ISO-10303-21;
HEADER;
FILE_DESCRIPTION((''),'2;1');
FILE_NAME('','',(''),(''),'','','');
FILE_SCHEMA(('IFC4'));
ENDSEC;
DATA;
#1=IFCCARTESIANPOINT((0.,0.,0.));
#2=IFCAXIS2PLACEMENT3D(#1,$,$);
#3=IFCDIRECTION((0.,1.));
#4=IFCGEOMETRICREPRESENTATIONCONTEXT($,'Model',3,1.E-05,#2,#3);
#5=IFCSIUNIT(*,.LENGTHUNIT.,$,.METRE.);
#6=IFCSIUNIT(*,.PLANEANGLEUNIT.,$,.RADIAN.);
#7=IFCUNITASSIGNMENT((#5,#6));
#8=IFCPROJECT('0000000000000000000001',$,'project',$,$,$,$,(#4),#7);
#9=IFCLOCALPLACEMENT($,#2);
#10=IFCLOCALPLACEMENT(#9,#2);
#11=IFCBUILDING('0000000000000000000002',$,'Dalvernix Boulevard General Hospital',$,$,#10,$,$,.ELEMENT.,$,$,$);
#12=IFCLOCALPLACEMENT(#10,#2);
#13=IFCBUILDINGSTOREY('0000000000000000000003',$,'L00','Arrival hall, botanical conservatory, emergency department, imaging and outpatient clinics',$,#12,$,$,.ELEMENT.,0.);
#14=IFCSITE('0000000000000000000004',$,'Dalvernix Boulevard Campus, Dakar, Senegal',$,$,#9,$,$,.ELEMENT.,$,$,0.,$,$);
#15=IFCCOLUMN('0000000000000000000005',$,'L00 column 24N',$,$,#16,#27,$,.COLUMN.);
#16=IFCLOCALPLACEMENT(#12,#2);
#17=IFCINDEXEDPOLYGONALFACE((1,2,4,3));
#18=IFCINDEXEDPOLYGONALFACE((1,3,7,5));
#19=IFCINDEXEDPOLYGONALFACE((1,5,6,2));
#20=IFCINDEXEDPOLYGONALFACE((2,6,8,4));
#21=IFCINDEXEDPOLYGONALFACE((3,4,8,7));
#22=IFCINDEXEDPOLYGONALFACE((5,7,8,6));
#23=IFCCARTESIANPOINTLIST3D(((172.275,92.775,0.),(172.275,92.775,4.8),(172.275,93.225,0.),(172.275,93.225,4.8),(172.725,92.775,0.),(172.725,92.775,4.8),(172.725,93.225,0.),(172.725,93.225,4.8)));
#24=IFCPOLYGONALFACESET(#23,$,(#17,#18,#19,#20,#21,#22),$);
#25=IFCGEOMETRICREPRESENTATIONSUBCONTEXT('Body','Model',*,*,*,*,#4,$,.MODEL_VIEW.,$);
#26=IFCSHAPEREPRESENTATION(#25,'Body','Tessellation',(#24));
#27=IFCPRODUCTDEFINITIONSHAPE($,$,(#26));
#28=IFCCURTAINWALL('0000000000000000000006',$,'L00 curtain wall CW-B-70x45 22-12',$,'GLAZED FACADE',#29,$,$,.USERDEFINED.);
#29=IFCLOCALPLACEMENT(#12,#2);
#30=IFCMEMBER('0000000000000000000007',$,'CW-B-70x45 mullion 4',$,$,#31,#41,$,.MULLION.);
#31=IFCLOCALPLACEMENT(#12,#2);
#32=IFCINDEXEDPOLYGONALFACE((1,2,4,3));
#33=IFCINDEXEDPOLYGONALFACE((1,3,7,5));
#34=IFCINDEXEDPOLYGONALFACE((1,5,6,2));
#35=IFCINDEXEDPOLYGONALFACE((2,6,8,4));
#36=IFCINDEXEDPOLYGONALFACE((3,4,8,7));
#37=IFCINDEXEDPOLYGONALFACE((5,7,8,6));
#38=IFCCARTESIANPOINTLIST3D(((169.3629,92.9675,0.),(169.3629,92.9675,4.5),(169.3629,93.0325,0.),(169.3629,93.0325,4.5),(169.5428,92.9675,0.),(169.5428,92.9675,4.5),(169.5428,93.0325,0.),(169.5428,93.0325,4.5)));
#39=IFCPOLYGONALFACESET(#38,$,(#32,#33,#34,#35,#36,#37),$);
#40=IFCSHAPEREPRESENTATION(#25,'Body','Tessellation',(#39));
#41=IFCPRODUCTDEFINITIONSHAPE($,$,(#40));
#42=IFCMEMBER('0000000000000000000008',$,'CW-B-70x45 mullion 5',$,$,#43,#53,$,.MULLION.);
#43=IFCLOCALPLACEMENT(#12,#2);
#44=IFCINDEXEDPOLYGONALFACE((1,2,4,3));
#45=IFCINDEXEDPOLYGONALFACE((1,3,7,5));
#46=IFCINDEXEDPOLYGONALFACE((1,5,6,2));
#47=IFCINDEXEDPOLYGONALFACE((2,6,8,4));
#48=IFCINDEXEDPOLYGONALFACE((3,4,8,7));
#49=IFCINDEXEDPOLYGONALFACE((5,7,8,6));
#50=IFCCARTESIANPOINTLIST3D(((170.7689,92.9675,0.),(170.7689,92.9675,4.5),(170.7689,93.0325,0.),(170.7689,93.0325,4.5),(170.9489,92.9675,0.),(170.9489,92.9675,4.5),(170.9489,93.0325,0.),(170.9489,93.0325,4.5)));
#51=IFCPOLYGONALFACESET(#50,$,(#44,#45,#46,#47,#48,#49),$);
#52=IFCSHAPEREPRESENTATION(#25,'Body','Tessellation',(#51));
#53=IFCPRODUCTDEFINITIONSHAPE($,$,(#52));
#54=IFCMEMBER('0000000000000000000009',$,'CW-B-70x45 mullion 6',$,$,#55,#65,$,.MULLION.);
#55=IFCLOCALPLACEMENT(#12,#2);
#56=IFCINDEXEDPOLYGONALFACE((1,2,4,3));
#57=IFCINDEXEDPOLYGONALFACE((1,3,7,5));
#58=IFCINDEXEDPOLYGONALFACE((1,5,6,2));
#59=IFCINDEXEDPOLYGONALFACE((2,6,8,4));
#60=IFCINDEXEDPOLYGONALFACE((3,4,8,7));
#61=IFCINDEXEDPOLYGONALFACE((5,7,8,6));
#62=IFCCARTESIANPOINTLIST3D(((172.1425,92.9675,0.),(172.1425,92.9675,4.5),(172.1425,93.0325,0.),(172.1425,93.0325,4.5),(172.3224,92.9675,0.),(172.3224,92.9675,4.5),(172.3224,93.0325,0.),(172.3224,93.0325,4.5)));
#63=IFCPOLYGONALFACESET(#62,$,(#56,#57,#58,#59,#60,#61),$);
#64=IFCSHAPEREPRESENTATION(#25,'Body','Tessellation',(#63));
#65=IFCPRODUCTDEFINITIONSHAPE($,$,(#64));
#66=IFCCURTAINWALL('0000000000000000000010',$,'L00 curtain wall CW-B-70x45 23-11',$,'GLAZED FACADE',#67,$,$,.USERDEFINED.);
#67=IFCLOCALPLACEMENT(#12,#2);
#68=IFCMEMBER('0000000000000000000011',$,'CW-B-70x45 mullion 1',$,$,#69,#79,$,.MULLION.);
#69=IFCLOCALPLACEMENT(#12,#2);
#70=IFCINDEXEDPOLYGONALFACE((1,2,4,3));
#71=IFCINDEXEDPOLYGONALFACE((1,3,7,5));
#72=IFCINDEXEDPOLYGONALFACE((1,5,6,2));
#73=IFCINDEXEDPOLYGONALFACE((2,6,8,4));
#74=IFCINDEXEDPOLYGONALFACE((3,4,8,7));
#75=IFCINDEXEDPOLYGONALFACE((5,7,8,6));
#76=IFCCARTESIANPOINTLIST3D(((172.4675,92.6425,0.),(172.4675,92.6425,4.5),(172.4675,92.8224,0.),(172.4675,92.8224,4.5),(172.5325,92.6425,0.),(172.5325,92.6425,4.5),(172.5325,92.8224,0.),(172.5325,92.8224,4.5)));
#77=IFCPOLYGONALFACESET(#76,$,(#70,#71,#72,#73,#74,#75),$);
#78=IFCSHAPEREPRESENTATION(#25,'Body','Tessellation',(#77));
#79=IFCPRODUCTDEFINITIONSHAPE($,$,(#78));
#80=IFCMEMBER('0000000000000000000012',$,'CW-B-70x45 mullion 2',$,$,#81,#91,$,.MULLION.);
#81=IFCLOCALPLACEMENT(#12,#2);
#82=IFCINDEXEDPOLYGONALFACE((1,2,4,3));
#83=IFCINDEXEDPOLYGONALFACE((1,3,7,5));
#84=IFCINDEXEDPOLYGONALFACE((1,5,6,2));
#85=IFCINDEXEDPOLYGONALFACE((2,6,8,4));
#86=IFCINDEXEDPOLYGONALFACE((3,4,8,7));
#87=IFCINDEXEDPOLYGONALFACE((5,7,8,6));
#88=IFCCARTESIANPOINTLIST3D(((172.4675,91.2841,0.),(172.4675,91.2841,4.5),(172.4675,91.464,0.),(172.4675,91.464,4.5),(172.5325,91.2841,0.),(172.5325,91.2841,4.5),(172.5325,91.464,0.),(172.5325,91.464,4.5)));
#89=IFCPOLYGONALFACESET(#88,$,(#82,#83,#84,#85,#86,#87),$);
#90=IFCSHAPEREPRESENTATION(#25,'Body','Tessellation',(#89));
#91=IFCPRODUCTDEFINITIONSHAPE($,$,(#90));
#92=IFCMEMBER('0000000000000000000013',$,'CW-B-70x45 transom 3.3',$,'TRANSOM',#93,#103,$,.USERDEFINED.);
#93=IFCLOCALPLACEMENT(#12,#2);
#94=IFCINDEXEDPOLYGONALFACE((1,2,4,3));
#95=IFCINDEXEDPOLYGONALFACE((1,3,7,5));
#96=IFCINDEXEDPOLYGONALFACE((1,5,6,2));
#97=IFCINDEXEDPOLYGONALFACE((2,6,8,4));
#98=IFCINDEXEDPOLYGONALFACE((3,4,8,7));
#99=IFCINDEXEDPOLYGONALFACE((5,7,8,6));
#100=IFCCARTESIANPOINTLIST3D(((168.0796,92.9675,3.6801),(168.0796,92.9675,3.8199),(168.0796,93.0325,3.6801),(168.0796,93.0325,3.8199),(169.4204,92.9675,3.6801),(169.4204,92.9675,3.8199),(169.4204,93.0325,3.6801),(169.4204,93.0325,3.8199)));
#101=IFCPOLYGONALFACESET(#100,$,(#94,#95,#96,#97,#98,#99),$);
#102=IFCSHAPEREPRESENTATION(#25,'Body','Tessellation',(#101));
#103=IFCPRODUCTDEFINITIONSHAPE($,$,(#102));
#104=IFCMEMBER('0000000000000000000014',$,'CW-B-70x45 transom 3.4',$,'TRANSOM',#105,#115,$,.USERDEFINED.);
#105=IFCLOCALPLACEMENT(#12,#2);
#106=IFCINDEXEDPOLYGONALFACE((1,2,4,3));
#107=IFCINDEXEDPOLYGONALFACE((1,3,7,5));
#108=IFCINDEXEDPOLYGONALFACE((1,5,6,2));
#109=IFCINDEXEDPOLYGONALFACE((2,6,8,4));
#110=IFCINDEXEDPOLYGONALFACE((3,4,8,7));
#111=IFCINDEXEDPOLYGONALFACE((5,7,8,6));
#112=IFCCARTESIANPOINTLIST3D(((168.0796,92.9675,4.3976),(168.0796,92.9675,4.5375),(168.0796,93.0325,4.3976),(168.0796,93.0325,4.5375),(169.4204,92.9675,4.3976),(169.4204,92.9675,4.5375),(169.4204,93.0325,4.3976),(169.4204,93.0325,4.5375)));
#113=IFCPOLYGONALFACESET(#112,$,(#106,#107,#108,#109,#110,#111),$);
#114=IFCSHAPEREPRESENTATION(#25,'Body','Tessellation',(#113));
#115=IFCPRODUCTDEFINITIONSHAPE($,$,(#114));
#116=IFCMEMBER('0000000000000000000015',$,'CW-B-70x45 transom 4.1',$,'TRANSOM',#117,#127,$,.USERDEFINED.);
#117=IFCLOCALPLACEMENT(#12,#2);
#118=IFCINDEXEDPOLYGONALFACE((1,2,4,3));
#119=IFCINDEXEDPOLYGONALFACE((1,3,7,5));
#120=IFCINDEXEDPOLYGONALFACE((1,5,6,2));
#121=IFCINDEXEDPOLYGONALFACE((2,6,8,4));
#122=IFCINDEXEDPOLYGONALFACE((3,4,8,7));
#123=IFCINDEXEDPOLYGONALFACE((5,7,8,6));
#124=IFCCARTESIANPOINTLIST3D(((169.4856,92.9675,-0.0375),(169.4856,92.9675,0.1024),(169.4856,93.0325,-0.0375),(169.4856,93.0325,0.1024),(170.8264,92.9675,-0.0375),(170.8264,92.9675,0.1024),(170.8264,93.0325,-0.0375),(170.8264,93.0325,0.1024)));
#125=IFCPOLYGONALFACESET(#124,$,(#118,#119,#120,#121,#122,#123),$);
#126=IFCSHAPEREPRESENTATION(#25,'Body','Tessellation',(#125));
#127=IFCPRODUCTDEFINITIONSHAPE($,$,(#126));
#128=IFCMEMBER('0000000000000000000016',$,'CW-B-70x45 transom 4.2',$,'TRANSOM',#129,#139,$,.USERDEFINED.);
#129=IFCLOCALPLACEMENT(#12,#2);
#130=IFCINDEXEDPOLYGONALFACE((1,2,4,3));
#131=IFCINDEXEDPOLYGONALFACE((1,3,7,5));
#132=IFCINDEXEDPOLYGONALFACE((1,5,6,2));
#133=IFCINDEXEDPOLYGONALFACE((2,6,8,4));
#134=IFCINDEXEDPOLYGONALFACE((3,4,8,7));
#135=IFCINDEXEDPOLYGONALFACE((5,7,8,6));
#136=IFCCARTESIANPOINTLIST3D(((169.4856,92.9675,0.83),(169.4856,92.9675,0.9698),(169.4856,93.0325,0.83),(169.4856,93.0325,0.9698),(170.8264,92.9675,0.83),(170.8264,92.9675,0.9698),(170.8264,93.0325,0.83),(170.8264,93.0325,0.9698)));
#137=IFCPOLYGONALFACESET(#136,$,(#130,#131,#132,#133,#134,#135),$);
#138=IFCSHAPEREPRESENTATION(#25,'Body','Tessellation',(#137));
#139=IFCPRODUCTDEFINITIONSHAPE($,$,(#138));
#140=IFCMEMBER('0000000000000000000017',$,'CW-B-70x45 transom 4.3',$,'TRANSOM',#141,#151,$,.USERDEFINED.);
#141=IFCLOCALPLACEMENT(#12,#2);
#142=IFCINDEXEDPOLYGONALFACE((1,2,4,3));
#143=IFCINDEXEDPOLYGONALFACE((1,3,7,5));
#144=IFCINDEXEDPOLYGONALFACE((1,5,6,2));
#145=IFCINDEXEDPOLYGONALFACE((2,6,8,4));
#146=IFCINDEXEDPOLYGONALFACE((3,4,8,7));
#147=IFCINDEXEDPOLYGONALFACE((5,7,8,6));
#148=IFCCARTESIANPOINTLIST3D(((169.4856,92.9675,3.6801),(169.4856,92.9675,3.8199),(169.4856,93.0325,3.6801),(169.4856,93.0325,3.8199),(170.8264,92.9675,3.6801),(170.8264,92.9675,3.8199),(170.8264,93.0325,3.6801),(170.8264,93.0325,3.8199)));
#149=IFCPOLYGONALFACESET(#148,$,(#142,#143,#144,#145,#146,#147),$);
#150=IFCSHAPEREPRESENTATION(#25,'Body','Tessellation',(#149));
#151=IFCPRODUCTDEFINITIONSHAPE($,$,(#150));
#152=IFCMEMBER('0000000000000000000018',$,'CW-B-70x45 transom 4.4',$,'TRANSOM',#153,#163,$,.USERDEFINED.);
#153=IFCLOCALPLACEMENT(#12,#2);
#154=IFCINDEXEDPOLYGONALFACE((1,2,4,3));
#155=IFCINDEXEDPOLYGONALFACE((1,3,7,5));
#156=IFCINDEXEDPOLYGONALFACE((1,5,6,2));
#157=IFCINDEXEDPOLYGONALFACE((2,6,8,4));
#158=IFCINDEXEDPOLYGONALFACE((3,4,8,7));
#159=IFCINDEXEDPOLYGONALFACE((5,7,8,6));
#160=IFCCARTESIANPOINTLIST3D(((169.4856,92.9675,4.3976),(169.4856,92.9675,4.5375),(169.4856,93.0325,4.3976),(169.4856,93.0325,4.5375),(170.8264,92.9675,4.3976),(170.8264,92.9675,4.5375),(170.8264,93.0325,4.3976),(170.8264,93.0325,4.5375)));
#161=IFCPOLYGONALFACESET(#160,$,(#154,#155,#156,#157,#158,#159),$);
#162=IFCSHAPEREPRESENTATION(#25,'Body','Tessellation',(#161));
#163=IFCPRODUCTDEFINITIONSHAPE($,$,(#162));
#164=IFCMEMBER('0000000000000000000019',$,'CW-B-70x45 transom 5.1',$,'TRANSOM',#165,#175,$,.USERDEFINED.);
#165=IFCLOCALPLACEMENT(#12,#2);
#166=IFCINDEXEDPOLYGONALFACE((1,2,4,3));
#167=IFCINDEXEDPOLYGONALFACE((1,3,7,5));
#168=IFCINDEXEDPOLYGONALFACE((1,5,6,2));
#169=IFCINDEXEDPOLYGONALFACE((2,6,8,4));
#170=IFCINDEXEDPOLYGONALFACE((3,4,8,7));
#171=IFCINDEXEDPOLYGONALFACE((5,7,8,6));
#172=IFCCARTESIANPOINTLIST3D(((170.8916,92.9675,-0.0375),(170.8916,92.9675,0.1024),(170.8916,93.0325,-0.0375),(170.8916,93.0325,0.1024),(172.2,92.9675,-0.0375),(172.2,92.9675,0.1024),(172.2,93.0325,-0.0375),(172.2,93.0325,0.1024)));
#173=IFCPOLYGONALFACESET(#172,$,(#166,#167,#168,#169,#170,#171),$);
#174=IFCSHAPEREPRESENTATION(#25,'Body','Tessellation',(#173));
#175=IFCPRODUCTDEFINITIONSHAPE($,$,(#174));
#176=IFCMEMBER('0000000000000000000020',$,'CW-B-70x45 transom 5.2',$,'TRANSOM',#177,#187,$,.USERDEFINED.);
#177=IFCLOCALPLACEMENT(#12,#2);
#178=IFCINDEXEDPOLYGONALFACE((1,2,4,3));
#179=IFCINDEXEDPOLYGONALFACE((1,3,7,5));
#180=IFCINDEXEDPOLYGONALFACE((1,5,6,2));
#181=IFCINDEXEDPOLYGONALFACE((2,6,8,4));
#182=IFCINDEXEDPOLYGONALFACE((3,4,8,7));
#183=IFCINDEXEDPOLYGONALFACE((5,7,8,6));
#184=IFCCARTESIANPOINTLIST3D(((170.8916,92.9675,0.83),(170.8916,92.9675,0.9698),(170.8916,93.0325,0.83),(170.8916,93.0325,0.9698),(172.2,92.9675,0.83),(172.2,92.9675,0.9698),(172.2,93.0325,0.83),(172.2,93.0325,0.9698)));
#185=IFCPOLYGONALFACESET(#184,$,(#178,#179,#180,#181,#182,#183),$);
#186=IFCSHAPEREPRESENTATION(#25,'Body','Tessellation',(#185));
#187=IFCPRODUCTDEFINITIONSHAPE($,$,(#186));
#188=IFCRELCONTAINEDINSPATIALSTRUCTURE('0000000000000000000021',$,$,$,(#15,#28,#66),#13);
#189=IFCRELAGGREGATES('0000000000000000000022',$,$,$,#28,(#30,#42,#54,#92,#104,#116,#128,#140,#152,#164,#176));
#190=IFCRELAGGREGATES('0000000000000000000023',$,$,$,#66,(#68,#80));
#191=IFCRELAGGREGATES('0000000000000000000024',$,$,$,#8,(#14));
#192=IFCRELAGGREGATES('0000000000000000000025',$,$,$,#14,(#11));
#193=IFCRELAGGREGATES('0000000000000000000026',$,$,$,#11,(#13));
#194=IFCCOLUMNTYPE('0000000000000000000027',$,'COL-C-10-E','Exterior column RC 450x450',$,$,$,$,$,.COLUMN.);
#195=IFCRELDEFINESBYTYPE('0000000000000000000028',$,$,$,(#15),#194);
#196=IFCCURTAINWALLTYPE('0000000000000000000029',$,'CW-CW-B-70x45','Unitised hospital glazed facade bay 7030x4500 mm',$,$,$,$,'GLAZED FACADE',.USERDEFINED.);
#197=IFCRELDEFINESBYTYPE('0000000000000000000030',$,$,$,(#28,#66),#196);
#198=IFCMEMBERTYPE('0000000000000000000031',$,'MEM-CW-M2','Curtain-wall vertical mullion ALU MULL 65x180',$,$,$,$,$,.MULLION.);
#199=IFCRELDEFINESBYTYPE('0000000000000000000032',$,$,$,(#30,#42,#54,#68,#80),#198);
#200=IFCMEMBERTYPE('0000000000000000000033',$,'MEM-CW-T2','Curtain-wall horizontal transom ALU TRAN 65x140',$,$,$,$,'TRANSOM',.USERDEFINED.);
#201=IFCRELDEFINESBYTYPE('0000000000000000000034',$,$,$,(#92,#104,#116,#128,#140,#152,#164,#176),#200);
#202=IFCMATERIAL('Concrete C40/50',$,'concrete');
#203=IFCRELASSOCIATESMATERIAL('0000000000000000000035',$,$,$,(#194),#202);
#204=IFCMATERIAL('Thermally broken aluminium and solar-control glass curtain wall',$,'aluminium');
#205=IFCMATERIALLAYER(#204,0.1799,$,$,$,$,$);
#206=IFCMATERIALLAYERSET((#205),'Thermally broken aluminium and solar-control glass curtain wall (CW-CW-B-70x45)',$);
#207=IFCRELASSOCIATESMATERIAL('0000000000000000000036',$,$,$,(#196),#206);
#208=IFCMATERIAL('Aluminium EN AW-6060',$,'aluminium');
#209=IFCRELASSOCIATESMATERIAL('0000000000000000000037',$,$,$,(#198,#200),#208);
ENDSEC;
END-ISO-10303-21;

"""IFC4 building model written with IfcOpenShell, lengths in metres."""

from ifc_helpers import new_model, si_unit, direction, frame, origin, origin_2d, place, context, subcontext, project, spatial, rectangle, extrude, material, layer, layer_set, material_profile, profile_set, type_object, element, aggregate, save


model = new_model("IFC4")

# Units and contexts
model_context = context("Model", 3, precision=1e-05, world=origin(), true_north=direction((0.0, 1.0)))
body_context = subcontext(model_context, "Body", "Model", "MODEL_VIEW")
ifc_project = project(units=[si_unit("LENGTHUNIT", "METRE"), si_unit("PLANEANGLEUNIT", "RADIAN")], contexts=[model_context])

# Site, building, storey
site_placement = place(None, origin())
site = spatial("IfcSite", under=ifc_project, at=site_placement, Name="Dalvernix Boulevard Campus, Dakar, Senegal", CompositionType="ELEMENT", RefElevation=0.0)
building_placement = place(site_placement, origin())
building = spatial("IfcBuilding", under=site, at=building_placement, Name="Dalvernix Boulevard General Hospital", CompositionType="ELEMENT")
storey_placement = place(building_placement, origin())
storey = spatial("IfcBuildingStorey", under=building, at=storey_placement, Name="L00", Description="Arrival hall, botanical conservatory, emergency department, imaging and outpatient clinics", CompositionType="ELEMENT", Elevation=0.0)

# Column
ifc_material_1 = material(Name="Concrete C40/50", Category="concrete")
ifc_material_profile_1 = material_profile(ifc_material_1, rectangle(XDim=0.45, YDim=0.45, at=origin_2d()), Name="RC 450x450")
ifc_profile_set_1 = profile_set([ifc_material_profile_1], Name="Concrete C40/50")
column_type = type_object("IfcColumnType", Name="COL-C-10-E", Description="Exterior column RC 450x450", PredefinedType="COLUMN", material=ifc_profile_set_1)
column_placement = place(storey_placement, frame((172.5, 93.0, 0.0), z_axis=(0.0, 0.0, 1.0), x_axis=(1.0, 0.0, 0.0)))
element("IfcColumn", 1, at=column_placement, inside=storey, type_object=column_type, Name="L00 column 24N", PredefinedType="COLUMN", context=body_context, shape_type="SweptSolid", body=[
    extrude(rectangle(XDim=0.45, YDim=0.45, at=origin_2d()), origin(), (0.0, 0.0, 1.0), 4.8),
])

# Curtain walls, members
ifc_material_2 = material(Name="Thermally broken aluminium and solar-control glass curtain wall", Category="aluminium")
ifc_layer_1 = layer(ifc_material_2, 0.1799)
ifc_layer_set_1 = layer_set([ifc_layer_1], Name="Thermally broken aluminium and solar-control glass curtain wall (CW-CW-B-70x45)")
curtain_wall_type = type_object("IfcCurtainWallType", Name="CW-CW-B-70x45", Description="Unitised hospital glazed facade bay 7030x4500 mm", ElementType="GLAZED FACADE", PredefinedType="USERDEFINED", material=ifc_layer_set_1)
curtain_wall_1_placement = place(storey_placement, origin())
curtain_wall_1 = element("IfcCurtainWall", 2, at=curtain_wall_1_placement, inside=storey, type_object=curtain_wall_type, Name="L00 curtain wall CW-B-70x45 22-12", ObjectType="GLAZED FACADE", PredefinedType="USERDEFINED")
ifc_material_3 = material(Name="Aluminium EN AW-6060", Category="aluminium")
ifc_material_profile_2 = material_profile(ifc_material_3, rectangle(XDim=0.0649, YDim=0.1799, at=origin_2d()), Name="ALU MULL 65x180")
ifc_profile_set_2 = profile_set([ifc_material_profile_2], Name="Aluminium EN AW-6060")
member_type_1 = type_object("IfcMemberType", Name="MEM-CW-M2", Description="Curtain-wall vertical mullion ALU MULL 65x180", PredefinedType="MULLION", material=ifc_profile_set_2)
member_1_placement = place(storey_placement, frame((169.4529, 93.0, 0.0), z_axis=(0.0, 0.0, 1.0), x_axis=(0.0, 1.0, 0.0)))
member_1 = element("IfcMember", 3, at=member_1_placement, type_object=member_type_1, Name="CW-B-70x45 mullion 4", PredefinedType="MULLION", context=body_context, shape_type="SweptSolid", body=[
    extrude(rectangle(XDim=0.0649, YDim=0.1799, at=origin_2d()), origin(), (0.0, 0.0, 1.0), 4.5),
])
member_2_placement = place(storey_placement, frame((170.8589, 93.0, 0.0), z_axis=(0.0, 0.0, 1.0), x_axis=(0.0, 1.0, 0.0)))
member_2 = element("IfcMember", 4, at=member_2_placement, type_object=member_type_1, Name="CW-B-70x45 mullion 5", PredefinedType="MULLION", context=body_context, shape_type="SweptSolid", body=[
    extrude(rectangle(XDim=0.0649, YDim=0.1799, at=origin_2d()), origin(), (0.0, 0.0, 1.0), 4.5),
])
member_3_placement = place(storey_placement, frame((172.2324, 93.0, 0.0), z_axis=(0.0, 0.0, 1.0), x_axis=(0.0, 1.0, 0.0)))
member_3 = element("IfcMember", 5, at=member_3_placement, type_object=member_type_1, Name="CW-B-70x45 mullion 6", PredefinedType="MULLION", context=body_context, shape_type="SweptSolid", body=[
    extrude(rectangle(XDim=0.0649, YDim=0.1799, at=origin_2d()), origin(), (0.0, 0.0, 1.0), 4.5),
])
curtain_wall_2_placement = place(storey_placement, origin())
curtain_wall_2 = element("IfcCurtainWall", 6, at=curtain_wall_2_placement, inside=storey, type_object=curtain_wall_type, Name="L00 curtain wall CW-B-70x45 23-11", ObjectType="GLAZED FACADE", PredefinedType="USERDEFINED")
member_4_placement = place(storey_placement, frame((172.5, 92.7324, 0.0), z_axis=(0.0, 0.0, 1.0), x_axis=(1.0, 0.0, 0.0)))
member_4 = element("IfcMember", 7, at=member_4_placement, type_object=member_type_1, Name="CW-B-70x45 mullion 1", PredefinedType="MULLION", context=body_context, shape_type="SweptSolid", body=[
    extrude(rectangle(XDim=0.0649, YDim=0.1799, at=origin_2d()), origin(), (0.0, 0.0, 1.0), 4.5),
])
member_5_placement = place(storey_placement, frame((172.5, 91.374, 0.0), z_axis=(0.0, 0.0, 1.0), x_axis=(1.0, 0.0, 0.0)))
member_5 = element("IfcMember", 8, at=member_5_placement, type_object=member_type_1, Name="CW-B-70x45 mullion 2", PredefinedType="MULLION", context=body_context, shape_type="SweptSolid", body=[
    extrude(rectangle(XDim=0.0649, YDim=0.1799, at=origin_2d()), origin(), (0.0, 0.0, 1.0), 4.5),
])

# Members
ifc_material_profile_3 = material_profile(ifc_material_3, rectangle(XDim=0.0649, YDim=0.1399, at=origin_2d()), Name="ALU TRAN 65x140")
ifc_profile_set_3 = profile_set([ifc_material_profile_3], Name="Aluminium EN AW-6060")
member_type_2 = type_object("IfcMemberType", Name="MEM-CW-T2", Description="Curtain-wall horizontal transom ALU TRAN 65x140", ElementType="TRANSOM", PredefinedType="USERDEFINED", material=ifc_profile_set_3)
member_6_placement = place(storey_placement, frame((168.0796, 93.0, 3.75), z_axis=(1.0, 0.0, 0.0), x_axis=(0.0, 1.0, 0.0)))
member_6 = element("IfcMember", 9, at=member_6_placement, type_object=member_type_2, Name="CW-B-70x45 transom 3.3", ObjectType="TRANSOM", PredefinedType="USERDEFINED", context=body_context, shape_type="SweptSolid", body=[
    extrude(rectangle(XDim=0.0649, YDim=0.1399, at=origin_2d()), origin(), (0.0, 0.0, 1.0), 1.3408),
])
member_7_placement = place(storey_placement, frame((168.0796, 93.0, 4.4675), z_axis=(1.0, 0.0, 0.0), x_axis=(0.0, 1.0, 0.0)))
member_7 = element("IfcMember", 10, at=member_7_placement, type_object=member_type_2, Name="CW-B-70x45 transom 3.4", ObjectType="TRANSOM", PredefinedType="USERDEFINED", context=body_context, shape_type="SweptSolid", body=[
    extrude(rectangle(XDim=0.0649, YDim=0.1399, at=origin_2d()), origin(), (0.0, 0.0, 1.0), 1.3408),
])
member_8_placement = place(storey_placement, frame((169.4856, 93.0, 0.0325), z_axis=(1.0, 0.0, 0.0), x_axis=(0.0, 1.0, 0.0)))
member_8 = element("IfcMember", 11, at=member_8_placement, type_object=member_type_2, Name="CW-B-70x45 transom 4.1", ObjectType="TRANSOM", PredefinedType="USERDEFINED", context=body_context, shape_type="SweptSolid", body=[
    extrude(rectangle(XDim=0.0649, YDim=0.1399, at=origin_2d()), origin(), (0.0, 0.0, 1.0), 1.3408),
])
member_9_placement = place(storey_placement, frame((169.4856, 93.0, 0.8999), z_axis=(1.0, 0.0, 0.0), x_axis=(0.0, 1.0, 0.0)))
member_9 = element("IfcMember", 12, at=member_9_placement, type_object=member_type_2, Name="CW-B-70x45 transom 4.2", ObjectType="TRANSOM", PredefinedType="USERDEFINED", context=body_context, shape_type="SweptSolid", body=[
    extrude(rectangle(XDim=0.0649, YDim=0.1399, at=origin_2d()), origin(), (0.0, 0.0, 1.0), 1.3408),
])
member_10_placement = place(storey_placement, frame((169.4856, 93.0, 3.75), z_axis=(1.0, 0.0, 0.0), x_axis=(0.0, 1.0, 0.0)))
member_10 = element("IfcMember", 13, at=member_10_placement, type_object=member_type_2, Name="CW-B-70x45 transom 4.3", ObjectType="TRANSOM", PredefinedType="USERDEFINED", context=body_context, shape_type="SweptSolid", body=[
    extrude(rectangle(XDim=0.0649, YDim=0.1399, at=origin_2d()), origin(), (0.0, 0.0, 1.0), 1.3408),
])
member_11_placement = place(storey_placement, frame((169.4856, 93.0, 4.4675), z_axis=(1.0, 0.0, 0.0), x_axis=(0.0, 1.0, 0.0)))
member_11 = element("IfcMember", 14, at=member_11_placement, type_object=member_type_2, Name="CW-B-70x45 transom 4.4", ObjectType="TRANSOM", PredefinedType="USERDEFINED", context=body_context, shape_type="SweptSolid", body=[
    extrude(rectangle(XDim=0.0649, YDim=0.1399, at=origin_2d()), origin(), (0.0, 0.0, 1.0), 1.3408),
])
member_12_placement = place(storey_placement, frame((170.8916, 93.0, 0.0325), z_axis=(1.0, 0.0, 0.0), x_axis=(0.0, 1.0, 0.0)))
member_12 = element("IfcMember", 15, at=member_12_placement, type_object=member_type_2, Name="CW-B-70x45 transom 5.1", ObjectType="TRANSOM", PredefinedType="USERDEFINED", context=body_context, shape_type="SweptSolid", body=[
    extrude(rectangle(XDim=0.0649, YDim=0.1399, at=origin_2d()), origin(), (0.0, 0.0, 1.0), 1.3083),
])
member_13_placement = place(storey_placement, frame((170.8916, 93.0, 0.8999), z_axis=(1.0, 0.0, 0.0), x_axis=(0.0, 1.0, 0.0)))
member_13 = element("IfcMember", 16, at=member_13_placement, type_object=member_type_2, Name="CW-B-70x45 transom 5.2", ObjectType="TRANSOM", PredefinedType="USERDEFINED", context=body_context, shape_type="SweptSolid", body=[
    extrude(rectangle(XDim=0.0649, YDim=0.1399, at=origin_2d()), origin(), (0.0, 0.0, 1.0), 1.3083),
])

aggregate(curtain_wall_1, [member_1, member_2, member_3, member_6, member_7, member_8, member_9, member_10, member_11, member_12, member_13])
aggregate(curtain_wall_2, [member_4, member_5])

save(model, "model.ifc")
